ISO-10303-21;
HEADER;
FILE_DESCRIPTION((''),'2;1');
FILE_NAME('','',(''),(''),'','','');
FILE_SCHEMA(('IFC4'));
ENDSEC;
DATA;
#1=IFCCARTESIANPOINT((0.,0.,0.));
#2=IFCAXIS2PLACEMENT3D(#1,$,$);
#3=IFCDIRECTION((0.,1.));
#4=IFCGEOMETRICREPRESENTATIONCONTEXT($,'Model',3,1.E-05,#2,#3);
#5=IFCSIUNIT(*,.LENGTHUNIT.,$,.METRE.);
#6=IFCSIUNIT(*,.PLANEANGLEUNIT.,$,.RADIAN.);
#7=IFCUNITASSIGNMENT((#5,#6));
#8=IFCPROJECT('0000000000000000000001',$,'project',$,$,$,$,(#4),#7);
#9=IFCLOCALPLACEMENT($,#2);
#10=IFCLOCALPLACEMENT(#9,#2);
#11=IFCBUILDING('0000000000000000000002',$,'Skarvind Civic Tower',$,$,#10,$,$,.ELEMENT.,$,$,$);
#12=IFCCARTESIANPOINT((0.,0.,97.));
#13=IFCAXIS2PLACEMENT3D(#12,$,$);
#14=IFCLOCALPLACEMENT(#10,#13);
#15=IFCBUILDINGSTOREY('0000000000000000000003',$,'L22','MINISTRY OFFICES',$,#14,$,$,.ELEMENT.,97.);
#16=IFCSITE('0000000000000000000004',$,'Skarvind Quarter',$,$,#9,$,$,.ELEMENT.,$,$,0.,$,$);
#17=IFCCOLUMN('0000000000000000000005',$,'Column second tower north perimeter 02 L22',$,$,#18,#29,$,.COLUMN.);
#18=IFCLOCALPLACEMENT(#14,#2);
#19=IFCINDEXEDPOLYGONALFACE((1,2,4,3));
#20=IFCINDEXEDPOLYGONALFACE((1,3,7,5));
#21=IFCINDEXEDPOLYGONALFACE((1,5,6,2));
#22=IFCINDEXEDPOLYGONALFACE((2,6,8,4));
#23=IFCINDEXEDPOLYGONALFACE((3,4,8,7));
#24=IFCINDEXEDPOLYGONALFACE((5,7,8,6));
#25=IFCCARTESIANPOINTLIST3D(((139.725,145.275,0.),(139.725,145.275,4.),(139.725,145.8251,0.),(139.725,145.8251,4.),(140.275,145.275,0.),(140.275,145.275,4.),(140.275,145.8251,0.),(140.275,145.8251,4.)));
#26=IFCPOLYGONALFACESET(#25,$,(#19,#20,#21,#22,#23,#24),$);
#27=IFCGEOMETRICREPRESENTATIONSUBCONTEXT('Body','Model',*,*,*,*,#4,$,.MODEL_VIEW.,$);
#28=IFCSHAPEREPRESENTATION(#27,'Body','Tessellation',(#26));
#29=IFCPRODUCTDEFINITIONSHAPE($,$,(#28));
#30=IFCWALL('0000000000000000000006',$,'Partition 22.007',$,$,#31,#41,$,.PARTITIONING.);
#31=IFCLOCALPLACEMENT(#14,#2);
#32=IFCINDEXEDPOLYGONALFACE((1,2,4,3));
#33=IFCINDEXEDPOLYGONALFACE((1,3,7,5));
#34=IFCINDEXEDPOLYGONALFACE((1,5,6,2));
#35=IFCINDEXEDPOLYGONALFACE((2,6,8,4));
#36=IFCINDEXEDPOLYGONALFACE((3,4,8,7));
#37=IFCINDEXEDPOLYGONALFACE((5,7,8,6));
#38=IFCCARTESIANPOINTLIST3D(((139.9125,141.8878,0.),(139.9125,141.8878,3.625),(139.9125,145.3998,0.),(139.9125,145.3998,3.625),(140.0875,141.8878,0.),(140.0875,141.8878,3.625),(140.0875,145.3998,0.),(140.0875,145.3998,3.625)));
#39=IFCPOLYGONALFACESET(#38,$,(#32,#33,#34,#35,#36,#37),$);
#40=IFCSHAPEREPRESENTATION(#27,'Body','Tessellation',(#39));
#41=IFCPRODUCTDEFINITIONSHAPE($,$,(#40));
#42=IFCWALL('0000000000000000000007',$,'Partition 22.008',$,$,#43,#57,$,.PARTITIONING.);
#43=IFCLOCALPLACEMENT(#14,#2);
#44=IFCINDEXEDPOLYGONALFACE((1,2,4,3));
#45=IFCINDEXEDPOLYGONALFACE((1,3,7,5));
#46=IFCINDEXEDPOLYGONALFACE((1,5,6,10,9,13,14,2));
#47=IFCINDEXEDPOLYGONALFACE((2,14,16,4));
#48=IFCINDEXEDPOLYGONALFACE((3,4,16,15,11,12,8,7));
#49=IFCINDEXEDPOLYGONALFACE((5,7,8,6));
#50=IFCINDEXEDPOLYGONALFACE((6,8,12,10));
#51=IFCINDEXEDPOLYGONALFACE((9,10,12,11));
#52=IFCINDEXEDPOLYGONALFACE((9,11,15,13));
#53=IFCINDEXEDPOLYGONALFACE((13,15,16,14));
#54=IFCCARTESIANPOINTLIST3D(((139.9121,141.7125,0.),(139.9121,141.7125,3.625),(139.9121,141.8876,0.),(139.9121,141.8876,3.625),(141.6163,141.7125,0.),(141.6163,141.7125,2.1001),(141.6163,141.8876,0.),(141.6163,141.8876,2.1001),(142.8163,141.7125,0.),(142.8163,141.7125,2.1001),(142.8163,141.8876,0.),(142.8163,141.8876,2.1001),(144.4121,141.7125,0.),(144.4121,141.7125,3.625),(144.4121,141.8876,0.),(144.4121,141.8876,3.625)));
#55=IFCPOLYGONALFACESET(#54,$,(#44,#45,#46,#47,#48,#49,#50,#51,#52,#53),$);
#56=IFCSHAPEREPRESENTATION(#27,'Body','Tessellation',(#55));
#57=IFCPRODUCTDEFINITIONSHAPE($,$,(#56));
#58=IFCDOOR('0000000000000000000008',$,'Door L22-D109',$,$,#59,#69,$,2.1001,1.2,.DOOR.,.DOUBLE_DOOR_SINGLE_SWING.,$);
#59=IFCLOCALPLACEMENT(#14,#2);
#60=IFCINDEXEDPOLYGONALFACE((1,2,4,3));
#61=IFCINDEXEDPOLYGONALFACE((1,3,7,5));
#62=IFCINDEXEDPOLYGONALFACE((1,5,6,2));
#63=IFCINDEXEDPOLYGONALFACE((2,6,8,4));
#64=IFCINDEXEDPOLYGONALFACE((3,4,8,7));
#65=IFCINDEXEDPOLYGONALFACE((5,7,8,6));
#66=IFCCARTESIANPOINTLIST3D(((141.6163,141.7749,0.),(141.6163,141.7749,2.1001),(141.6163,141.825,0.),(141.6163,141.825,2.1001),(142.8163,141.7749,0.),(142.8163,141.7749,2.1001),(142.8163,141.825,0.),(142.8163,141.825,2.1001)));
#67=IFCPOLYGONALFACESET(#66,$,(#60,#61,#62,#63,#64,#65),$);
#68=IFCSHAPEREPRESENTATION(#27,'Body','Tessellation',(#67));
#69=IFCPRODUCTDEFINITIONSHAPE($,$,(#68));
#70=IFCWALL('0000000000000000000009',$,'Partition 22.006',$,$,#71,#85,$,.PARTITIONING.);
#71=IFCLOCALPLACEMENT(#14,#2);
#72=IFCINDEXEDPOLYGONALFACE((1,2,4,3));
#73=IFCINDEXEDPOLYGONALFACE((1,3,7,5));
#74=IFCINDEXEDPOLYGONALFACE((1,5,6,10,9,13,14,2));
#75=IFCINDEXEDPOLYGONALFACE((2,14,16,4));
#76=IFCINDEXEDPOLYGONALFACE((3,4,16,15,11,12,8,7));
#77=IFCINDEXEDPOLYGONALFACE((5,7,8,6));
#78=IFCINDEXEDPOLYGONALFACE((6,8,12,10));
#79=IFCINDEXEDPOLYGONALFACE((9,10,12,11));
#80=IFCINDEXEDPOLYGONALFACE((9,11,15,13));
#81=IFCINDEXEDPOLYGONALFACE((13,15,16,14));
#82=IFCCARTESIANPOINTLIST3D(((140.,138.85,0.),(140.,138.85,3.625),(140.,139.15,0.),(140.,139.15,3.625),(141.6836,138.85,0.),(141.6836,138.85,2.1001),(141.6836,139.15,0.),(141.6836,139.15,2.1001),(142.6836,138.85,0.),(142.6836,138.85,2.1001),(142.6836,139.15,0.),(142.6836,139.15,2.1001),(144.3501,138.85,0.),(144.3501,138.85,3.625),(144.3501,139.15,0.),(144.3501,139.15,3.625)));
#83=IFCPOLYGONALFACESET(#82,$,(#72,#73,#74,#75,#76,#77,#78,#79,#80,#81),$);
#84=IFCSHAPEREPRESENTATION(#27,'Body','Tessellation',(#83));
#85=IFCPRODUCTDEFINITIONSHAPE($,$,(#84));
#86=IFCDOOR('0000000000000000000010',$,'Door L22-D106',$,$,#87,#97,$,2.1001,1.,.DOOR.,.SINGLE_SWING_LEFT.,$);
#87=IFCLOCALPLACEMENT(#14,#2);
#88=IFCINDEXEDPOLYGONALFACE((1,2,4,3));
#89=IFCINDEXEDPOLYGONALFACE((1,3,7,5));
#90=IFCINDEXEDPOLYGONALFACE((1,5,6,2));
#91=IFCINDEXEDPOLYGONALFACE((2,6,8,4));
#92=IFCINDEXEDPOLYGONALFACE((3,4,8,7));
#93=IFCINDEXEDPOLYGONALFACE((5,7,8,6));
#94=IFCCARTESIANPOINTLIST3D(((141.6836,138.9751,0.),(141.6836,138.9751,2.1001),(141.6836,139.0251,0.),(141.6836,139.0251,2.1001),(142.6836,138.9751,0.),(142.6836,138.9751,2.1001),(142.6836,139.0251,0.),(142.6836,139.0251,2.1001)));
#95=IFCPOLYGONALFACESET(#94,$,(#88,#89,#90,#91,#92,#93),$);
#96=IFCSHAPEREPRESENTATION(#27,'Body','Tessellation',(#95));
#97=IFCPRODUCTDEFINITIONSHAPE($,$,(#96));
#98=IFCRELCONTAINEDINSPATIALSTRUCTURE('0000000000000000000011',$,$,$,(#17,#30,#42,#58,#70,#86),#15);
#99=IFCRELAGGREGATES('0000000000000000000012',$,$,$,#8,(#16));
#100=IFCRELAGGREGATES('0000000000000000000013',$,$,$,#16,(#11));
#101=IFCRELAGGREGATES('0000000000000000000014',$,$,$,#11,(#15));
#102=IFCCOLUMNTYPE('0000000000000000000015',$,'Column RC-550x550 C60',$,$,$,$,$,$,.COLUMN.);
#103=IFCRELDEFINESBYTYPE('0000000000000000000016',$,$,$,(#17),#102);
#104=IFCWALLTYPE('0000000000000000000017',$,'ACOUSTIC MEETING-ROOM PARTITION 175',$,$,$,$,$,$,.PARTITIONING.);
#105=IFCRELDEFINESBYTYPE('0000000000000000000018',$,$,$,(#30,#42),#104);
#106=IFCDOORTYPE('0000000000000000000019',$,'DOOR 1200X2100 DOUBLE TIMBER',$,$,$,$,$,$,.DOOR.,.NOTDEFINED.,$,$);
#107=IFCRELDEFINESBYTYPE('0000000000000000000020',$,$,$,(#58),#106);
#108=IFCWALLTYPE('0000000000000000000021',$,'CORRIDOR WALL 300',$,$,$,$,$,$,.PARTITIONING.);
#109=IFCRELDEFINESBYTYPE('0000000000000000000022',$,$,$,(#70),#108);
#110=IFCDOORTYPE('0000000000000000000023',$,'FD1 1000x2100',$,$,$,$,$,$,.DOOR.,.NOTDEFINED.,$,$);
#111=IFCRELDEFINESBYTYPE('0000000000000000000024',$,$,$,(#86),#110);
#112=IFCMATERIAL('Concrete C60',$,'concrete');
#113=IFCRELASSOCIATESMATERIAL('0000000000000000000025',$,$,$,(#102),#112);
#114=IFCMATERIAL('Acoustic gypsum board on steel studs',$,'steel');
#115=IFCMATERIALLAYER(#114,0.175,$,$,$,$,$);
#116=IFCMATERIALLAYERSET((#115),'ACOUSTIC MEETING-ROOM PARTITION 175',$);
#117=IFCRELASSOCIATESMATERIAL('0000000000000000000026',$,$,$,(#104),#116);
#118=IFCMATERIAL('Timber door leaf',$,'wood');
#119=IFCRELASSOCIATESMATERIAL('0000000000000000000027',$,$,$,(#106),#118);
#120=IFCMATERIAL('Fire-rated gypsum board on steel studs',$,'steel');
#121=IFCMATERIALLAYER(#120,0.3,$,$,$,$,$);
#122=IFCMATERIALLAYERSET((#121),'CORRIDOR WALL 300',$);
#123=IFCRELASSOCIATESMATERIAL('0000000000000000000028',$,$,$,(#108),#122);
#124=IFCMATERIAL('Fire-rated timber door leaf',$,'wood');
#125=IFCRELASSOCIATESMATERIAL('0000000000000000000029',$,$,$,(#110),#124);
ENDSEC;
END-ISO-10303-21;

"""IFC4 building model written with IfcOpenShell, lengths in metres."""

from ifc_helpers import new_model, si_unit, direction, frame, frame_2d, origin, origin_2d, place, context, subcontext, project, spatial, rectangle, extrude, material, layer, layer_set, material_profile, profile_set, type_object, element, fill, save


model = new_model("IFC4")

# Units and contexts
model_context = context("Model", 3, precision=1e-05, world=origin(), true_north=direction((0.0, 1.0)))
body_context = subcontext(model_context, "Body", "Model", "MODEL_VIEW")
ifc_project = project(units=[si_unit("LENGTHUNIT", "METRE"), si_unit("PLANEANGLEUNIT", "RADIAN")], contexts=[model_context])

# Site, building, storey
site_placement = place(None, origin())
site = spatial("IfcSite", under=ifc_project, at=site_placement, Name="Skarvind Quarter", CompositionType="ELEMENT", RefElevation=0.0)
building_placement = place(site_placement, origin())
building = spatial("IfcBuilding", under=site, at=building_placement, Name="Skarvind Civic Tower", CompositionType="ELEMENT")
storey_placement = place(building_placement, frame((0.0, 0.0, 97.0)))
storey = spatial("IfcBuildingStorey", under=building, at=storey_placement, Name="L22", Description="MINISTRY OFFICES", CompositionType="ELEMENT", Elevation=97.0)

# Column
ifc_material_1 = material(Name="Concrete C60", Category="concrete")
ifc_material_profile = material_profile(ifc_material_1, rectangle(XDim=0.55, YDim=0.55, at=origin_2d()), Name="RC-550x550")
ifc_profile_set = profile_set([ifc_material_profile], Name="Concrete C60")
column_type = type_object("IfcColumnType", Name="Column RC-550x550 C60", PredefinedType="COLUMN", material=ifc_profile_set)
column_placement = place(storey_placement, frame((140.0, 145.55, 0.0), z_axis=(0.0, 0.0, 1.0), x_axis=(1.0, 0.0, 0.0)))
element("IfcColumn", 1, at=column_placement, inside=storey, type_object=column_type, Name="Column second tower north perimeter 02 L22", PredefinedType="COLUMN", context=body_context, shape_type="SweptSolid", body=[
    extrude(rectangle(XDim=0.55, YDim=0.55, at=origin_2d()), origin(), (0.0, 0.0, 1.0), 4.0),
])

# Wall
ifc_material_2 = material(Name="Acoustic gypsum board on steel studs", Category="steel")
ifc_layer_1 = layer(ifc_material_2, 0.175)
ifc_layer_set_1 = layer_set([ifc_layer_1], Name="ACOUSTIC MEETING-ROOM PARTITION 175")
wall_type_1 = type_object("IfcWallType", Name="ACOUSTIC MEETING-ROOM PARTITION 175", PredefinedType="PARTITIONING", material=ifc_layer_set_1)
wall_1_placement = place(storey_placement, frame((140.0, 141.8879, 0.0), z_axis=(0.0, 0.0, 1.0), x_axis=(0.0, 1.0, 0.0)))
element("IfcWall", 2, at=wall_1_placement, inside=storey, type_object=wall_type_1, Name="Partition 22.007", PredefinedType="PARTITIONING", context=body_context, shape_type="SweptSolid", body=[
    extrude(rectangle(XDim=3.512, YDim=0.175, at=frame_2d((1.7559, 0.0))), origin(), (0.0, 0.0, 1.0), 3.625),
])

# Walls, openings, doors
wall_2_placement = place(storey_placement, frame((139.9121, 141.8, 0.0), z_axis=(0.0, 0.0, 1.0), x_axis=(1.0, 0.0, 0.0)))
wall_2 = element("IfcWall", 3, at=wall_2_placement, inside=storey, type_object=wall_type_1, Name="Partition 22.008", PredefinedType="PARTITIONING", context=body_context, shape_type="SweptSolid", body=[
    extrude(rectangle(XDim=4.5, YDim=0.175, at=frame_2d((2.25, 0.0))), origin(), (0.0, 0.0, 1.0), 3.625),
])
opening_1_placement = place(wall_2_placement, frame((1.7041, 0.0, 0.0)))
opening_1 = element("IfcOpeningElement", 4, at=opening_1_placement, cuts=wall_2, PredefinedType="OPENING", context=body_context, shape_type="SweptSolid", body=[
    extrude(rectangle(XDim=1.2, YDim=2.1001, at=frame_2d((0.6001, 1.05))), frame((0.0, 0.0974, 0.0), z_axis=(0.0, -1.0, 0.0), x_axis=(1.0, 0.0, 0.0)), (0.0, 0.0, 1.0), 0.1951),
])
ifc_material_3 = material(Name="Timber door leaf", Category="wood")
door_type_1 = type_object("IfcDoorType", Name="DOOR 1200X2100 DOUBLE TIMBER", OperationType="NOTDEFINED", PredefinedType="DOOR", material=ifc_material_3)
door_1_placement = place(opening_1_placement, origin())
door_1 = element("IfcDoor", 5, at=door_1_placement, inside=storey, type_object=door_type_1, Name="Door L22-D109", OperationType="DOUBLE_DOOR_SINGLE_SWING", OverallHeight=2.1001, OverallWidth=1.2, PredefinedType="DOOR", context=body_context, shape_type="SweptSolid", body=[
    extrude(rectangle(XDim=1.2, YDim=2.1001, at=frame_2d((0.6001, 1.05))), frame((0.0, 0.0249, 0.0), z_axis=(0.0, -1.0, 0.0), x_axis=(1.0, 0.0, 0.0)), (0.0, 0.0, 1.0), 0.05),
])
fill(opening_1, door_1)
ifc_material_4 = material(Name="Fire-rated gypsum board on steel studs", Category="steel")
ifc_layer_2 = layer(ifc_material_4, 0.3)
ifc_layer_set_2 = layer_set([ifc_layer_2], Name="CORRIDOR WALL 300")
wall_type_2 = type_object("IfcWallType", Name="CORRIDOR WALL 300", PredefinedType="PARTITIONING", material=ifc_layer_set_2)
wall_3_placement = place(storey_placement, frame((144.3501, 139.0, 0.0), z_axis=(0.0, 0.0, 1.0), x_axis=(-1.0, 0.0, 0.0)))
wall_3 = element("IfcWall", 6, at=wall_3_placement, inside=storey, type_object=wall_type_2, Name="Partition 22.006", PredefinedType="PARTITIONING", context=body_context, shape_type="SweptSolid", body=[
    extrude(rectangle(XDim=4.3501, YDim=0.3, at=frame_2d((2.175, 0.0))), origin(), (0.0, 0.0, 1.0), 3.625),
])
opening_2_placement = place(wall_3_placement, frame((1.6665, 0.0, 0.0)))
opening_2 = element("IfcOpeningElement", 7, at=opening_2_placement, cuts=wall_3, PredefinedType="OPENING", context=body_context, shape_type="SweptSolid", body=[
    extrude(rectangle(XDim=1.0, YDim=2.1001, at=frame_2d((0.5, 1.05))), frame((0.0, 0.1599, 0.0), z_axis=(0.0, -1.0, 0.0), x_axis=(1.0, 0.0, 0.0)), (0.0, 0.0, 1.0), 0.3201),
])
ifc_material_5 = material(Name="Fire-rated timber door leaf", Category="wood")
door_type_2 = type_object("IfcDoorType", Name="FD1 1000x2100", OperationType="NOTDEFINED", PredefinedType="DOOR", material=ifc_material_5)
door_2_placement = place(opening_2_placement, origin())
door_2 = element("IfcDoor", 8, at=door_2_placement, inside=storey, type_object=door_type_2, Name="Door L22-D106", OperationType="SINGLE_SWING_LEFT", OverallHeight=2.1001, OverallWidth=1.0, PredefinedType="DOOR", context=body_context, shape_type="SweptSolid", body=[
    extrude(rectangle(XDim=1.0, YDim=2.1001, at=frame_2d((0.5, 1.05))), frame((0.0, 0.0249, 0.0), z_axis=(0.0, -1.0, 0.0), x_axis=(1.0, 0.0, 0.0)), (0.0, 0.0, 1.0), 0.05),
])
fill(opening_2, door_2)

save(model, "model.ifc")
